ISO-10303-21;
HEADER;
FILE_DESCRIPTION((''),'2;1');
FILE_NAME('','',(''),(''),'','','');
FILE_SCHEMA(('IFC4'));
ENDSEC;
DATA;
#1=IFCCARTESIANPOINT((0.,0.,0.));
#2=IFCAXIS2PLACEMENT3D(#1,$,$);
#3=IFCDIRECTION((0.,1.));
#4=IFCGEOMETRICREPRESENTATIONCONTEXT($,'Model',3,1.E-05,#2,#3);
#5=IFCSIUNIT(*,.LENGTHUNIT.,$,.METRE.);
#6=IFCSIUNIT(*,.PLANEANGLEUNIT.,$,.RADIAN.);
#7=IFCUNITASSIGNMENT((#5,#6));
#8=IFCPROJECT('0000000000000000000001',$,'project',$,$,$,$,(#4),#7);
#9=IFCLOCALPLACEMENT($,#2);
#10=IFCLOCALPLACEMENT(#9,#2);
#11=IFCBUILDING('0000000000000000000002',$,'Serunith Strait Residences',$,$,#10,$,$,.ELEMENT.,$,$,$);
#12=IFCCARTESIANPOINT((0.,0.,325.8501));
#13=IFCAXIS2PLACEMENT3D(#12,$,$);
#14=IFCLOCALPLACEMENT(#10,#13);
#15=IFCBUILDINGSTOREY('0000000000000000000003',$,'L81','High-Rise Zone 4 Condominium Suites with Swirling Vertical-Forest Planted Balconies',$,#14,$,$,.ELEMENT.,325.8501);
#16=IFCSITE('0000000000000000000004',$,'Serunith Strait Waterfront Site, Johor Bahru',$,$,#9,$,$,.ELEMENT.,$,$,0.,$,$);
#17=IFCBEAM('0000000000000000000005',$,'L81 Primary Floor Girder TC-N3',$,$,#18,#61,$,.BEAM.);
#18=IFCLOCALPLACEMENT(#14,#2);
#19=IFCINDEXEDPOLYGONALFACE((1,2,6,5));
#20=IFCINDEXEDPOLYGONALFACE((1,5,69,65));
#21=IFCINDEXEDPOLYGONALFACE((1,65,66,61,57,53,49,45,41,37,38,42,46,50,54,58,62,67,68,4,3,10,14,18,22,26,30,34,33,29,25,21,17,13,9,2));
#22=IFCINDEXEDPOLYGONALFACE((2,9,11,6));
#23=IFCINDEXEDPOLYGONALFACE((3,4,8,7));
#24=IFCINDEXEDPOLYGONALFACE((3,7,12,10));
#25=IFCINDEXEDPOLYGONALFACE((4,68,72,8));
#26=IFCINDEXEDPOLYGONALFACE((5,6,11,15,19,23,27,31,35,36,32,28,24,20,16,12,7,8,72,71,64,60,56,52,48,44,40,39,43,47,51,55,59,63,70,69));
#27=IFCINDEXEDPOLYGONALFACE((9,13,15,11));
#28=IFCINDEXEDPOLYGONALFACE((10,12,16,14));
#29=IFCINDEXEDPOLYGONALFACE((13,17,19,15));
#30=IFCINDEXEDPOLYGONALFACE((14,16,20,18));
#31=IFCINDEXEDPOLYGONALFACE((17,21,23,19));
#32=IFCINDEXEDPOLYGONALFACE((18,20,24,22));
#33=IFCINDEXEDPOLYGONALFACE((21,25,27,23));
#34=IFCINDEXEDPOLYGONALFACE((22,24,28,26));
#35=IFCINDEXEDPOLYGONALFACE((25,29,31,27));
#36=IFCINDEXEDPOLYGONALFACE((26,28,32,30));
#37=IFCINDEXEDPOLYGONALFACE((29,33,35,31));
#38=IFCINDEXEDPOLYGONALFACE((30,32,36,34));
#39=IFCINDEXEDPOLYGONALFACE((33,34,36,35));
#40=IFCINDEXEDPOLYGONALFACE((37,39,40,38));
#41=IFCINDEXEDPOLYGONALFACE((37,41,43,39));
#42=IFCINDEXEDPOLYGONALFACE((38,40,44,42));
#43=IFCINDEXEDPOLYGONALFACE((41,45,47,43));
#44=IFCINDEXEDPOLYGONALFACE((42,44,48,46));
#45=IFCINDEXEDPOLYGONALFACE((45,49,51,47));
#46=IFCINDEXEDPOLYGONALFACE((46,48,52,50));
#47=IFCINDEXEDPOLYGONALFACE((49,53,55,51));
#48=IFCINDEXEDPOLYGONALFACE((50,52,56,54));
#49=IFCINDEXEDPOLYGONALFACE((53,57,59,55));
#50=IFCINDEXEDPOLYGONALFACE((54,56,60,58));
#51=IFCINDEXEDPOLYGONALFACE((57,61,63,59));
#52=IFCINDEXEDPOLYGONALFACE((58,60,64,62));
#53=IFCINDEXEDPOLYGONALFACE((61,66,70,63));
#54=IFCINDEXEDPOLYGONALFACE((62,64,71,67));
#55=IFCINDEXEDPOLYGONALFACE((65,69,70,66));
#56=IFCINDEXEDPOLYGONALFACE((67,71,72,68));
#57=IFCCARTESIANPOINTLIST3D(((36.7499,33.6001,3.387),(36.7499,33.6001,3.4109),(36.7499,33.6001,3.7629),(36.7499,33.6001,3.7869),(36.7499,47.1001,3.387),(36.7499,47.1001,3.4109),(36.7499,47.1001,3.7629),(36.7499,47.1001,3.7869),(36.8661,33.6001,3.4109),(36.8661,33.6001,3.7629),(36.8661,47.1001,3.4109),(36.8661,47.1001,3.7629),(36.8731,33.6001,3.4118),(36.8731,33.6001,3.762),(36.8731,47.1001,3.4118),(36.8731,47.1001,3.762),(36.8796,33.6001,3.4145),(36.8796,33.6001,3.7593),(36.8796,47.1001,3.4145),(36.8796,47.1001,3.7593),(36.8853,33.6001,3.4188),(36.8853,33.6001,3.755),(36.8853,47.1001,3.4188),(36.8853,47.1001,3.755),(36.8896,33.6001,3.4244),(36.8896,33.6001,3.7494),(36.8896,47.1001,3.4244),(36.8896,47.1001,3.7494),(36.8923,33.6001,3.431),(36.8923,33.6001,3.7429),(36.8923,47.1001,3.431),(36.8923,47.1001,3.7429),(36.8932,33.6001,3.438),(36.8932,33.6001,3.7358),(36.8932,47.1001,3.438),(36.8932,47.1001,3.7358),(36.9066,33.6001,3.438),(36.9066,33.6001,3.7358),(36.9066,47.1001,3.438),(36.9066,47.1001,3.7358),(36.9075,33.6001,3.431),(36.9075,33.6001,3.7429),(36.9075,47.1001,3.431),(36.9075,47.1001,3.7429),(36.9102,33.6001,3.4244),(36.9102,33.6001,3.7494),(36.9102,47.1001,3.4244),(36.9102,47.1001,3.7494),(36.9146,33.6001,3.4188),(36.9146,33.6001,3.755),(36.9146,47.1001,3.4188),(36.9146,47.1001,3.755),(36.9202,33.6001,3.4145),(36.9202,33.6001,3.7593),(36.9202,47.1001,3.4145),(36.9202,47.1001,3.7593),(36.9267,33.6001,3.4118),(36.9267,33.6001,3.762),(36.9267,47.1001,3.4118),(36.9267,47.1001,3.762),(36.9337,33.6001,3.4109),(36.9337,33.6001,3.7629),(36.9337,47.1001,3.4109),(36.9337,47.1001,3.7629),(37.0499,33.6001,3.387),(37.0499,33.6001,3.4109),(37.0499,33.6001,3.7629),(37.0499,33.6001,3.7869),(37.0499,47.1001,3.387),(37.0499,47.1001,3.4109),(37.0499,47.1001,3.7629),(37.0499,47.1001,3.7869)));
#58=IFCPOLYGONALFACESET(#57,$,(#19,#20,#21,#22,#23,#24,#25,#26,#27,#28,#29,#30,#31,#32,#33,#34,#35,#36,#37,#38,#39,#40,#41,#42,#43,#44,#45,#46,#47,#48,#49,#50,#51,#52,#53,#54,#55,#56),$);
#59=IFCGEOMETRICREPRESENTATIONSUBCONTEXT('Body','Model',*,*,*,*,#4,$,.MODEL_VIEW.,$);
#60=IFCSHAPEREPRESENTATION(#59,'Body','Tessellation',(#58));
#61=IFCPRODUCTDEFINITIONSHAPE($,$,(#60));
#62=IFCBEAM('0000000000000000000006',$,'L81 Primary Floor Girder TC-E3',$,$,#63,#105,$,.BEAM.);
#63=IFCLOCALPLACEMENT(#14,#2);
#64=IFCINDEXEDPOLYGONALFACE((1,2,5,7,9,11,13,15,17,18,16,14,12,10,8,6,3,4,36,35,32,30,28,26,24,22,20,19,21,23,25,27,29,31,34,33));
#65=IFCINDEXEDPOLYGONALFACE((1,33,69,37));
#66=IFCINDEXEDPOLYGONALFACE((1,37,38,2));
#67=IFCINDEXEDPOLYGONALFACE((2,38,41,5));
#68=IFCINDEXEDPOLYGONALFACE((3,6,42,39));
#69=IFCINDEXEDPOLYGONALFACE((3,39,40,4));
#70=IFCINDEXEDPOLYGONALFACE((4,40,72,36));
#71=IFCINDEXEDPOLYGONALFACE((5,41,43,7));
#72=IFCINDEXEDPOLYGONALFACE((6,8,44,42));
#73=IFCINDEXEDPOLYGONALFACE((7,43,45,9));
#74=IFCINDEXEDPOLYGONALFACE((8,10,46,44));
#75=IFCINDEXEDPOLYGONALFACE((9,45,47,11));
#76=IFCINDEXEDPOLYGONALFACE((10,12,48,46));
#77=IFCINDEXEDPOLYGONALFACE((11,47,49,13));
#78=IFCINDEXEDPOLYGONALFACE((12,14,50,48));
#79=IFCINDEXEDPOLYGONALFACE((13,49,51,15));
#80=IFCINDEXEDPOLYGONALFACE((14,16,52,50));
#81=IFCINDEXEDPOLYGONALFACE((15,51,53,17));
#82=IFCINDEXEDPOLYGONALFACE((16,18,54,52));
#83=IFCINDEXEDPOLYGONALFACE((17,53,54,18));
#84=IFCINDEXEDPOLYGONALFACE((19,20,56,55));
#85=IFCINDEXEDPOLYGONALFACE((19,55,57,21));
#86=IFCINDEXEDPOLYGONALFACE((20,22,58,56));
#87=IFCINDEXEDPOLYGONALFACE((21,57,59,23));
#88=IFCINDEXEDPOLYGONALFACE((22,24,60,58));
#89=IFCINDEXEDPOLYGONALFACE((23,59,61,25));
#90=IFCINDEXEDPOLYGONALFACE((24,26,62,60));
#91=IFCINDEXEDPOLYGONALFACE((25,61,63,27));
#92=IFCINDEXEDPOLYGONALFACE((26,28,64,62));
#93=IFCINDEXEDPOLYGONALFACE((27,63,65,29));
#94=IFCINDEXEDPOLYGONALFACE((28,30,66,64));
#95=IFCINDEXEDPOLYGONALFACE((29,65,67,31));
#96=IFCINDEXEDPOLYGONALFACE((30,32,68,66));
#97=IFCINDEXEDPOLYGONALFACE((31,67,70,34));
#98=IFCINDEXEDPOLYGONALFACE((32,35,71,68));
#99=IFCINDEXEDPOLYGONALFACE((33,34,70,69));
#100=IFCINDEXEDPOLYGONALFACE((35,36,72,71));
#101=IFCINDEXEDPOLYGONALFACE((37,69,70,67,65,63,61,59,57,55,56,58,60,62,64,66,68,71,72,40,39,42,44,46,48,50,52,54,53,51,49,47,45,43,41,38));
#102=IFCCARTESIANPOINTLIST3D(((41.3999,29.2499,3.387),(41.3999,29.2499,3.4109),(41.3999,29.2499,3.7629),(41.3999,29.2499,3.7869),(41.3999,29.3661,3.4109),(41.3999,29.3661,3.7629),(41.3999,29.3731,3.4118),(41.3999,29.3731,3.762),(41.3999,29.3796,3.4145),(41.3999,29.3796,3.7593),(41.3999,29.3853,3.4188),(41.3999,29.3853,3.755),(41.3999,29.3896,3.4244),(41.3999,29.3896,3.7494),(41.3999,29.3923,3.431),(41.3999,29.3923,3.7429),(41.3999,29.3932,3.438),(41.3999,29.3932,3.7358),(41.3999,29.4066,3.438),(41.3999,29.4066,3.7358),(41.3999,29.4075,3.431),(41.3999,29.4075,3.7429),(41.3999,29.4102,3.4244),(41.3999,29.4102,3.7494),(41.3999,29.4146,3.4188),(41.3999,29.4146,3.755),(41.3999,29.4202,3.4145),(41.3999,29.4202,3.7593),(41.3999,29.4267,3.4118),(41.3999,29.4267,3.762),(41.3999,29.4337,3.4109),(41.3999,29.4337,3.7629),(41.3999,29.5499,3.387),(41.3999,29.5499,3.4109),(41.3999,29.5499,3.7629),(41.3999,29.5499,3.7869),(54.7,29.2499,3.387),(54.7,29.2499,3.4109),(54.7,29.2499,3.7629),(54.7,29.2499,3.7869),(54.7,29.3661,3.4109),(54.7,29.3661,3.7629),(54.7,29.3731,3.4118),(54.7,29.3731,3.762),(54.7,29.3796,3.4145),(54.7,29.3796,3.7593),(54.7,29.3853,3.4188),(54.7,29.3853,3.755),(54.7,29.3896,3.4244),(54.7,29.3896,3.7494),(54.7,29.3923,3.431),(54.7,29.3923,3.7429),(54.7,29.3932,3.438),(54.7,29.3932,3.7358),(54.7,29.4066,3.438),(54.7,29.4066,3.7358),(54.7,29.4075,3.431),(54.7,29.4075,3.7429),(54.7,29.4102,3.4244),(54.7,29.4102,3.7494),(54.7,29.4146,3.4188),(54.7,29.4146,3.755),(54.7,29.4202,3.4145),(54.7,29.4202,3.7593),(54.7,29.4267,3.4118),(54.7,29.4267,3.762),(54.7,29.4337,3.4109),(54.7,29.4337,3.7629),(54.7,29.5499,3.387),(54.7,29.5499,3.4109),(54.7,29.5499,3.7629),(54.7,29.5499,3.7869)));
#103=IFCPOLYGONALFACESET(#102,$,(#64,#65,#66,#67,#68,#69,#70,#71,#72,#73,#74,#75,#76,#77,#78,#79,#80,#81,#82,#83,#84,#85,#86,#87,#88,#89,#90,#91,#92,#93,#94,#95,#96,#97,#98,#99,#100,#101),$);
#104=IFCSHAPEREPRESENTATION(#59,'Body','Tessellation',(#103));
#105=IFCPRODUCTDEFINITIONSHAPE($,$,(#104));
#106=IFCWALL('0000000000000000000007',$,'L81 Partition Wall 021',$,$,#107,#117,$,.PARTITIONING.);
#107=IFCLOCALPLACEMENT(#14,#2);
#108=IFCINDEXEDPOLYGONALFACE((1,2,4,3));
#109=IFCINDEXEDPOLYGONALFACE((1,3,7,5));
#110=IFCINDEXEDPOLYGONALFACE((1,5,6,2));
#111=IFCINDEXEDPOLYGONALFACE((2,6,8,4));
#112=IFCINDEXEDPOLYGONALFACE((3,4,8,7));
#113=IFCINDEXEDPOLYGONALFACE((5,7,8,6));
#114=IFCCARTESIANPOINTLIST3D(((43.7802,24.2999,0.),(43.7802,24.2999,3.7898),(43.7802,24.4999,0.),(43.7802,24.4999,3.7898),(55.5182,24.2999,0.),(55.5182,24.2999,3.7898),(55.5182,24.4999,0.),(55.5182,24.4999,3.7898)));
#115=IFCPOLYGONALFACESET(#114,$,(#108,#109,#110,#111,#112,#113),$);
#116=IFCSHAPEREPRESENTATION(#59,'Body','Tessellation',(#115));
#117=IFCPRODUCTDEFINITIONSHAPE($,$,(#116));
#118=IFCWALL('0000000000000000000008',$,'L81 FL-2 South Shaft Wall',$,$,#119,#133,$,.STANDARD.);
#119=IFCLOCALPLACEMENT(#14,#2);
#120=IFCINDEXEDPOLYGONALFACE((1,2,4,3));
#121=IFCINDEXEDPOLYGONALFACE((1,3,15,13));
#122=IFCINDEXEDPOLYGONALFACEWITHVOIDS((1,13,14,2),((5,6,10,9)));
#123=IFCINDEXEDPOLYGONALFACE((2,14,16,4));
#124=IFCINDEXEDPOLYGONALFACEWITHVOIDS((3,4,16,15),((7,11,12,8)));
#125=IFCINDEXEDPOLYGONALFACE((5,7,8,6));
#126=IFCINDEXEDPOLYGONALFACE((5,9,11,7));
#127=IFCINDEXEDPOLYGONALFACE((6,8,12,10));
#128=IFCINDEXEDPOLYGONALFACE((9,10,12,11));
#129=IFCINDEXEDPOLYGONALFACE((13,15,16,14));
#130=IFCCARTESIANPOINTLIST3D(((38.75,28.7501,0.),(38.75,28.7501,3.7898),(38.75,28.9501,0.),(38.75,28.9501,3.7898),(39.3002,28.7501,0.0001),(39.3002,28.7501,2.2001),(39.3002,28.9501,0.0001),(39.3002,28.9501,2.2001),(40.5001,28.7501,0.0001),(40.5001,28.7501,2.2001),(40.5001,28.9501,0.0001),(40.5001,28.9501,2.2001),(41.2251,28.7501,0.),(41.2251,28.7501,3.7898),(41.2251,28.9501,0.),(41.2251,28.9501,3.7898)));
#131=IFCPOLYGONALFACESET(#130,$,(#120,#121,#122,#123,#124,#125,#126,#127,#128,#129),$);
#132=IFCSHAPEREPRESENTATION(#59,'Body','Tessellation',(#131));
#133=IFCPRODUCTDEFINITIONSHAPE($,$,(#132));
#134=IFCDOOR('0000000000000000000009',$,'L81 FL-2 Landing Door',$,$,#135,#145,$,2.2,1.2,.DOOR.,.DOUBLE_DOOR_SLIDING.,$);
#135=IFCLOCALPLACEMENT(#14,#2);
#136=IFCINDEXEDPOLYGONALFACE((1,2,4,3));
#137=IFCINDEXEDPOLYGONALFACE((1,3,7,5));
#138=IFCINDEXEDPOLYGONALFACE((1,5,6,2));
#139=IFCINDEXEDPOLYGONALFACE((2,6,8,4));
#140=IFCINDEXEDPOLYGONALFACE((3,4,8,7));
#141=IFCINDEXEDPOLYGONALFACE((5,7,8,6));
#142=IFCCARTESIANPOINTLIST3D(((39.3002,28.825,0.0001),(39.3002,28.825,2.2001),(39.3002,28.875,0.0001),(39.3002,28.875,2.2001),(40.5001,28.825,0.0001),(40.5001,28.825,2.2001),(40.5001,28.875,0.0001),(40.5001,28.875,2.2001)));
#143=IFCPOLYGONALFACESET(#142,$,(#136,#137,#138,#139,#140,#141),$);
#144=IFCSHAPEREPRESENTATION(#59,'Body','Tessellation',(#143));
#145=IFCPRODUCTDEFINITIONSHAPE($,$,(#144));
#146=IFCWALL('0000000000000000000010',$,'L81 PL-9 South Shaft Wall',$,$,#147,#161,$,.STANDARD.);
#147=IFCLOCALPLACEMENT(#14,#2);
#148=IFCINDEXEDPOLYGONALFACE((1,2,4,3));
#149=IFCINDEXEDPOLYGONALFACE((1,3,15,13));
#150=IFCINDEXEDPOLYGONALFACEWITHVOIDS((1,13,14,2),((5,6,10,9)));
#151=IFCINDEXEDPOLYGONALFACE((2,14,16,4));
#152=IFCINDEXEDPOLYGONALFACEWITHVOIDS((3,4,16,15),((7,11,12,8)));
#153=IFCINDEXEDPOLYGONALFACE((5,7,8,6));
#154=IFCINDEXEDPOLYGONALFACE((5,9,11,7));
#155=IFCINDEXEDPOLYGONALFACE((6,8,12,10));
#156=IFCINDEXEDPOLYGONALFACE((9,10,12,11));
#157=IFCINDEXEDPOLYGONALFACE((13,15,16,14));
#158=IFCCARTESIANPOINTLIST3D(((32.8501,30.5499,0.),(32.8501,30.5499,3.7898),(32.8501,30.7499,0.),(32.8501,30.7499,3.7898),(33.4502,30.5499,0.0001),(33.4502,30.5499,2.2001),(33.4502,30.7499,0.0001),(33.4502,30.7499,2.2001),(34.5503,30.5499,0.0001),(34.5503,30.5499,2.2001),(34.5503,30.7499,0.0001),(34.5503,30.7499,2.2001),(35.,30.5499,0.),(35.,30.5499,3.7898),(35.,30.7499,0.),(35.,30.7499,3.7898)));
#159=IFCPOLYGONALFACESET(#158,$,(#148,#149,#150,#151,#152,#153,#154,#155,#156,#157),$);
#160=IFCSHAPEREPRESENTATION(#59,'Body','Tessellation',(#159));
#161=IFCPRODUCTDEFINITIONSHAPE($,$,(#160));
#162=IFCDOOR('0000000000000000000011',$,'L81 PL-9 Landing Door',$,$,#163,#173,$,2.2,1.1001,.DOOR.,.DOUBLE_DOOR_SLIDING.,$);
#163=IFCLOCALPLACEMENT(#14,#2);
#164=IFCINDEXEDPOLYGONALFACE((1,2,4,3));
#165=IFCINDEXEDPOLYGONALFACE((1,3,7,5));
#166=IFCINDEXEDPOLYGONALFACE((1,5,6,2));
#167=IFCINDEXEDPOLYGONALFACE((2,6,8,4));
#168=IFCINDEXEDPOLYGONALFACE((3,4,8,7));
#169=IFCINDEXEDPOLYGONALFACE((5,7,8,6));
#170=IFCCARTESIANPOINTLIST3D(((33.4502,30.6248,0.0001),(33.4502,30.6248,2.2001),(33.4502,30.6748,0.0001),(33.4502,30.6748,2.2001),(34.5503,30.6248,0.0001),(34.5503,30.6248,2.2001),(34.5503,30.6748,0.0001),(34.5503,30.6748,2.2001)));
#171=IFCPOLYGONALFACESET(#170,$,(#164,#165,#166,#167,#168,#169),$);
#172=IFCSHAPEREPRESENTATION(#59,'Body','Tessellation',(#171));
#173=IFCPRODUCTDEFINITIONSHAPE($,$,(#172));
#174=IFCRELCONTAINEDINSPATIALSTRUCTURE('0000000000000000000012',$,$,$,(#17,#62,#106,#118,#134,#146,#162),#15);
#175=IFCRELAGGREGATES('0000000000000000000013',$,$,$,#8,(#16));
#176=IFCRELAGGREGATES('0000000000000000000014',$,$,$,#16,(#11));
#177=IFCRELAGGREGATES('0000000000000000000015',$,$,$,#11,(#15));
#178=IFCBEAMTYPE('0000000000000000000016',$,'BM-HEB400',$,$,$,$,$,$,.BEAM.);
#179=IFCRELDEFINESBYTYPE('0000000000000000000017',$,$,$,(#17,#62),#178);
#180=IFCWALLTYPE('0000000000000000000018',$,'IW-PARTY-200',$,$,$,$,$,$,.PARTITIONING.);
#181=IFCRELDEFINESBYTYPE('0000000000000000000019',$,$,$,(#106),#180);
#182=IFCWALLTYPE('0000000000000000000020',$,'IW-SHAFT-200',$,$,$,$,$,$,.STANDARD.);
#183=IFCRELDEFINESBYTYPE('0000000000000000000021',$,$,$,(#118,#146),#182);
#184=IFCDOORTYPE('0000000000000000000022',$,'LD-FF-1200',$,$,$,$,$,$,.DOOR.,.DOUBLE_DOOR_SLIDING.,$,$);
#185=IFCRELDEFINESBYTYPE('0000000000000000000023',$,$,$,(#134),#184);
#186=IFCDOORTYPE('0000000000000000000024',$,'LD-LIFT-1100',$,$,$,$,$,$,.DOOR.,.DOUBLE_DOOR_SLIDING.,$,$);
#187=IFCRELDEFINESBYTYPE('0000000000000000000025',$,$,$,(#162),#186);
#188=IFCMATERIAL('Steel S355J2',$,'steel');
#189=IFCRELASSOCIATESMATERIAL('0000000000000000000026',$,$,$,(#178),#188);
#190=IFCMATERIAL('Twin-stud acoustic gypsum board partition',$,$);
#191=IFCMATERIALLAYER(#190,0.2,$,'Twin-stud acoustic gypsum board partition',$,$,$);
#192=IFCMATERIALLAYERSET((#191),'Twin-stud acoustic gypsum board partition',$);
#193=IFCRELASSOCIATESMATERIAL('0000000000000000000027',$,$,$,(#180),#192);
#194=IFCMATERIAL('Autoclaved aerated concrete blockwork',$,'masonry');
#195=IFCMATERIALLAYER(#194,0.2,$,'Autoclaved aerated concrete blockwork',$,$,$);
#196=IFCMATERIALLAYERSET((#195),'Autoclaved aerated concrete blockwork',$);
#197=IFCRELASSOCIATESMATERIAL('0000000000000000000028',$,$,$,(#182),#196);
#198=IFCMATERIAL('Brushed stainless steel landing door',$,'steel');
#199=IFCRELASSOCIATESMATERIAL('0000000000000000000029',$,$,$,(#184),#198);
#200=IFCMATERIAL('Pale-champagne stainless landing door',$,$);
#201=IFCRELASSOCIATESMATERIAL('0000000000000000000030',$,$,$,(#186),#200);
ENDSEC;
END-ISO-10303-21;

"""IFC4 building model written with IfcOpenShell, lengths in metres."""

from ifc_helpers import new_model, si_unit, direction, frame, frame_2d, origin, origin_2d, place, context, subcontext, project, spatial, rectangle, i_section, extrude, source, transform, mapped, material, layer, layer_set, material_profile, profile_set, type_object, element, fill, save


model = new_model("IFC4")

# Units and contexts
model_context = context("Model", 3, precision=1e-05, world=origin(), true_north=direction((0.0, 1.0)))
body_context = subcontext(model_context, "Body", "Model", "MODEL_VIEW")
ifc_project = project(units=[si_unit("LENGTHUNIT", "METRE"), si_unit("PLANEANGLEUNIT", "RADIAN")], contexts=[model_context])

# Site, building, storey
site_placement = place(None, origin())
site = spatial("IfcSite", under=ifc_project, at=site_placement, Name="Serunith Strait Waterfront Site, Johor Bahru", CompositionType="ELEMENT", RefElevation=0.0)
building_placement = place(site_placement, origin())
building = spatial("IfcBuilding", under=site, at=building_placement, Name="Serunith Strait Residences", CompositionType="ELEMENT")
storey_placement = place(building_placement, frame((0.0, 0.0, 325.8501)))
storey = spatial("IfcBuildingStorey", under=building, at=storey_placement, Name="L81", Description="High-Rise Zone 4 Condominium Suites with Swirling Vertical-Forest Planted Balconies", CompositionType="ELEMENT", Elevation=325.8501)

# Beams
ifc_material_1 = material(Name="Steel S355J2", Category="steel")
ifc_material_profile = material_profile(ifc_material_1, i_section(OverallWidth=0.3, OverallDepth=0.3999, WebThickness=0.0134, FlangeThickness=0.0239, FilletRadius=0.0271, at=origin_2d()), Name="HEB 400")
ifc_profile_set = profile_set([ifc_material_profile], Name="Steel S355J2")
beam_type = type_object("IfcBeamType", Name="BM-HEB400", PredefinedType="BEAM", material=ifc_profile_set)
shared_shape_1 = source(origin(), body_context, "Body", "SweptSolid", [
    extrude(i_section(OverallWidth=0.3, OverallDepth=0.3999, WebThickness=0.0134, FlangeThickness=0.0239, FilletRadius=0.0271, at=origin_2d()), origin(), (0.0, 0.0, 1.0), 13.5),
])
beam_1_placement = place(storey_placement, frame((36.8999, 33.6001, 3.5869), z_axis=(0.0, 1.0, 0.0), x_axis=(-1.0, 0.0, 0.0)))
element("IfcBeam", 1, at=beam_1_placement, inside=storey, type_object=beam_type, Name="L81 Primary Floor Girder TC-N3", PredefinedType="BEAM", context=body_context, shape_type="MappedRepresentation", body=[
    mapped(shared_shape_1, transform((0.0, 0.0, 0.0), scale=1.0)),
])
shared_shape_2 = source(origin(), body_context, "Body", "SweptSolid", [
    extrude(i_section(OverallWidth=0.3, OverallDepth=0.3999, WebThickness=0.0134, FlangeThickness=0.0239, FilletRadius=0.0271, at=origin_2d()), origin(), (0.0, 0.0, 1.0), 13.3),
])
beam_2_placement = place(storey_placement, frame((41.3999, 29.3999, 3.5869), z_axis=(1.0, 0.0, 0.0), x_axis=(0.0, 1.0, 0.0)))
element("IfcBeam", 2, at=beam_2_placement, inside=storey, type_object=beam_type, Name="L81 Primary Floor Girder TC-E3", PredefinedType="BEAM", context=body_context, shape_type="MappedRepresentation", body=[
    mapped(shared_shape_2, transform((0.0, 0.0, 0.0), scale=1.0)),
])

# Wall
ifc_material_2 = material(Name="Twin-stud acoustic gypsum board partition")
ifc_layer_1 = layer(ifc_material_2, 0.2, Name="Twin-stud acoustic gypsum board partition")
ifc_layer_set_1 = layer_set([ifc_layer_1], Name="Twin-stud acoustic gypsum board partition")
wall_type_1 = type_object("IfcWallType", Name="IW-PARTY-200", PredefinedType="PARTITIONING", material=ifc_layer_set_1)
wall_1_placement = place(storey_placement, frame((43.78, 24.3999, 0.0), z_axis=(0.0, 0.0, 1.0), x_axis=(1.0, 0.0, 0.0)))
element("IfcWall", 3, at=wall_1_placement, inside=storey, type_object=wall_type_1, Name="L81 Partition Wall 021", PredefinedType="PARTITIONING", context=body_context, shape_type="SweptSolid", body=[
    extrude(rectangle(XDim=11.738, YDim=0.2, at=frame_2d((5.8691, 0.0))), origin(), (0.0, 0.0, 1.0), 3.7898),
])

# Walls, openings, doors
ifc_material_3 = material(Name="Autoclaved aerated concrete blockwork", Category="masonry")
ifc_layer_2 = layer(ifc_material_3, 0.2, Name="Autoclaved aerated concrete blockwork")
ifc_layer_set_2 = layer_set([ifc_layer_2], Name="Autoclaved aerated concrete blockwork")
wall_type_2 = type_object("IfcWallType", Name="IW-SHAFT-200", PredefinedType="STANDARD", material=ifc_layer_set_2)
wall_2_placement = place(storey_placement, frame((38.75, 28.8501, 0.0), z_axis=(0.0, 0.0, 1.0), x_axis=(1.0, 0.0, 0.0)))
wall_2 = element("IfcWall", 4, at=wall_2_placement, inside=storey, type_object=wall_type_2, Name="L81 FL-2 South Shaft Wall", PredefinedType="STANDARD", context=body_context, shape_type="SweptSolid", body=[
    extrude(rectangle(XDim=2.4751, YDim=0.2, at=frame_2d((1.2375, 0.0))), origin(), (0.0, 0.0, 1.0), 3.7898),
])
opening_1_placement = place(wall_2_placement, frame((0.55, 0.0, 0.0)))
opening_1 = element("IfcOpeningElement", 5, at=opening_1_placement, cuts=wall_2, PredefinedType="OPENING", context=body_context, shape_type="SweptSolid", body=[
    extrude(rectangle(XDim=1.2, YDim=2.2, at=frame_2d((0.6001, 1.1001))), frame((0.0, 0.1099, 0.0), z_axis=(0.0, -1.0, 0.0), x_axis=(1.0, 0.0, 0.0)), (0.0, 0.0, 1.0), 0.22),
])
ifc_material_4 = material(Name="Brushed stainless steel landing door", Category="steel")
door_type_1 = type_object("IfcDoorType", Name="LD-FF-1200", OperationType="DOUBLE_DOOR_SLIDING", PredefinedType="DOOR", material=ifc_material_4)
shared_shape_3 = source(origin(), body_context, "Body", "SweptSolid", [
    extrude(rectangle(XDim=1.2, YDim=2.2, at=frame_2d((0.6001, 1.1001))), frame((0.0, 0.0249, 0.0), z_axis=(0.0, -1.0, 0.0), x_axis=(1.0, 0.0, 0.0)), (0.0, 0.0, 1.0), 0.05),
])
door_1_placement = place(opening_1_placement, origin())
door_1 = element("IfcDoor", 6, at=door_1_placement, inside=storey, type_object=door_type_1, Name="L81 FL-2 Landing Door", OperationType="DOUBLE_DOOR_SLIDING", OverallHeight=2.2, OverallWidth=1.2, PredefinedType="DOOR", context=body_context, shape_type="MappedRepresentation", body=[
    mapped(shared_shape_3, transform((0.0, 0.0, 0.0), scale=1.0)),
])
fill(opening_1, door_1)
wall_3_placement = place(storey_placement, frame((32.8501, 30.6499, 0.0), z_axis=(0.0, 0.0, 1.0), x_axis=(1.0, 0.0, 0.0)))
wall_3 = element("IfcWall", 7, at=wall_3_placement, inside=storey, type_object=wall_type_2, Name="L81 PL-9 South Shaft Wall", PredefinedType="STANDARD", context=body_context, shape_type="SweptSolid", body=[
    extrude(rectangle(XDim=2.1499, YDim=0.2, at=frame_2d((1.075, 0.0))), origin(), (0.0, 0.0, 1.0), 3.7898),
])
opening_2_placement = place(wall_3_placement, frame((0.6001, 0.0, 0.0)))
opening_2 = element("IfcOpeningElement", 8, at=opening_2_placement, cuts=wall_3, PredefinedType="OPENING", context=body_context, shape_type="SweptSolid", body=[
    extrude(rectangle(XDim=1.1001, YDim=2.2, at=frame_2d((0.55, 1.1001))), frame((0.0, 0.1099, 0.0), z_axis=(0.0, -1.0, 0.0), x_axis=(1.0, 0.0, 0.0)), (0.0, 0.0, 1.0), 0.22),
])
ifc_material_5 = material(Name="Pale-champagne stainless landing door")
door_type_2 = type_object("IfcDoorType", Name="LD-LIFT-1100", OperationType="DOUBLE_DOOR_SLIDING", PredefinedType="DOOR", material=ifc_material_5)
shared_shape_4 = source(origin(), body_context, "Body", "SweptSolid", [
    extrude(rectangle(XDim=1.1001, YDim=2.2, at=frame_2d((0.55, 1.1001))), frame((0.0, 0.0249, 0.0), z_axis=(0.0, -1.0, 0.0), x_axis=(1.0, 0.0, 0.0)), (0.0, 0.0, 1.0), 0.05),
])
door_2_placement = place(opening_2_placement, origin())
door_2 = element("IfcDoor", 9, at=door_2_placement, inside=storey, type_object=door_type_2, Name="L81 PL-9 Landing Door", OperationType="DOUBLE_DOOR_SLIDING", OverallHeight=2.2, OverallWidth=1.1001, PredefinedType="DOOR", context=body_context, shape_type="MappedRepresentation", body=[
    mapped(shared_shape_4, transform((0.0, 0.0, 0.0), scale=1.0)),
])
fill(opening_2, door_2)

save(model, "model.ifc")
